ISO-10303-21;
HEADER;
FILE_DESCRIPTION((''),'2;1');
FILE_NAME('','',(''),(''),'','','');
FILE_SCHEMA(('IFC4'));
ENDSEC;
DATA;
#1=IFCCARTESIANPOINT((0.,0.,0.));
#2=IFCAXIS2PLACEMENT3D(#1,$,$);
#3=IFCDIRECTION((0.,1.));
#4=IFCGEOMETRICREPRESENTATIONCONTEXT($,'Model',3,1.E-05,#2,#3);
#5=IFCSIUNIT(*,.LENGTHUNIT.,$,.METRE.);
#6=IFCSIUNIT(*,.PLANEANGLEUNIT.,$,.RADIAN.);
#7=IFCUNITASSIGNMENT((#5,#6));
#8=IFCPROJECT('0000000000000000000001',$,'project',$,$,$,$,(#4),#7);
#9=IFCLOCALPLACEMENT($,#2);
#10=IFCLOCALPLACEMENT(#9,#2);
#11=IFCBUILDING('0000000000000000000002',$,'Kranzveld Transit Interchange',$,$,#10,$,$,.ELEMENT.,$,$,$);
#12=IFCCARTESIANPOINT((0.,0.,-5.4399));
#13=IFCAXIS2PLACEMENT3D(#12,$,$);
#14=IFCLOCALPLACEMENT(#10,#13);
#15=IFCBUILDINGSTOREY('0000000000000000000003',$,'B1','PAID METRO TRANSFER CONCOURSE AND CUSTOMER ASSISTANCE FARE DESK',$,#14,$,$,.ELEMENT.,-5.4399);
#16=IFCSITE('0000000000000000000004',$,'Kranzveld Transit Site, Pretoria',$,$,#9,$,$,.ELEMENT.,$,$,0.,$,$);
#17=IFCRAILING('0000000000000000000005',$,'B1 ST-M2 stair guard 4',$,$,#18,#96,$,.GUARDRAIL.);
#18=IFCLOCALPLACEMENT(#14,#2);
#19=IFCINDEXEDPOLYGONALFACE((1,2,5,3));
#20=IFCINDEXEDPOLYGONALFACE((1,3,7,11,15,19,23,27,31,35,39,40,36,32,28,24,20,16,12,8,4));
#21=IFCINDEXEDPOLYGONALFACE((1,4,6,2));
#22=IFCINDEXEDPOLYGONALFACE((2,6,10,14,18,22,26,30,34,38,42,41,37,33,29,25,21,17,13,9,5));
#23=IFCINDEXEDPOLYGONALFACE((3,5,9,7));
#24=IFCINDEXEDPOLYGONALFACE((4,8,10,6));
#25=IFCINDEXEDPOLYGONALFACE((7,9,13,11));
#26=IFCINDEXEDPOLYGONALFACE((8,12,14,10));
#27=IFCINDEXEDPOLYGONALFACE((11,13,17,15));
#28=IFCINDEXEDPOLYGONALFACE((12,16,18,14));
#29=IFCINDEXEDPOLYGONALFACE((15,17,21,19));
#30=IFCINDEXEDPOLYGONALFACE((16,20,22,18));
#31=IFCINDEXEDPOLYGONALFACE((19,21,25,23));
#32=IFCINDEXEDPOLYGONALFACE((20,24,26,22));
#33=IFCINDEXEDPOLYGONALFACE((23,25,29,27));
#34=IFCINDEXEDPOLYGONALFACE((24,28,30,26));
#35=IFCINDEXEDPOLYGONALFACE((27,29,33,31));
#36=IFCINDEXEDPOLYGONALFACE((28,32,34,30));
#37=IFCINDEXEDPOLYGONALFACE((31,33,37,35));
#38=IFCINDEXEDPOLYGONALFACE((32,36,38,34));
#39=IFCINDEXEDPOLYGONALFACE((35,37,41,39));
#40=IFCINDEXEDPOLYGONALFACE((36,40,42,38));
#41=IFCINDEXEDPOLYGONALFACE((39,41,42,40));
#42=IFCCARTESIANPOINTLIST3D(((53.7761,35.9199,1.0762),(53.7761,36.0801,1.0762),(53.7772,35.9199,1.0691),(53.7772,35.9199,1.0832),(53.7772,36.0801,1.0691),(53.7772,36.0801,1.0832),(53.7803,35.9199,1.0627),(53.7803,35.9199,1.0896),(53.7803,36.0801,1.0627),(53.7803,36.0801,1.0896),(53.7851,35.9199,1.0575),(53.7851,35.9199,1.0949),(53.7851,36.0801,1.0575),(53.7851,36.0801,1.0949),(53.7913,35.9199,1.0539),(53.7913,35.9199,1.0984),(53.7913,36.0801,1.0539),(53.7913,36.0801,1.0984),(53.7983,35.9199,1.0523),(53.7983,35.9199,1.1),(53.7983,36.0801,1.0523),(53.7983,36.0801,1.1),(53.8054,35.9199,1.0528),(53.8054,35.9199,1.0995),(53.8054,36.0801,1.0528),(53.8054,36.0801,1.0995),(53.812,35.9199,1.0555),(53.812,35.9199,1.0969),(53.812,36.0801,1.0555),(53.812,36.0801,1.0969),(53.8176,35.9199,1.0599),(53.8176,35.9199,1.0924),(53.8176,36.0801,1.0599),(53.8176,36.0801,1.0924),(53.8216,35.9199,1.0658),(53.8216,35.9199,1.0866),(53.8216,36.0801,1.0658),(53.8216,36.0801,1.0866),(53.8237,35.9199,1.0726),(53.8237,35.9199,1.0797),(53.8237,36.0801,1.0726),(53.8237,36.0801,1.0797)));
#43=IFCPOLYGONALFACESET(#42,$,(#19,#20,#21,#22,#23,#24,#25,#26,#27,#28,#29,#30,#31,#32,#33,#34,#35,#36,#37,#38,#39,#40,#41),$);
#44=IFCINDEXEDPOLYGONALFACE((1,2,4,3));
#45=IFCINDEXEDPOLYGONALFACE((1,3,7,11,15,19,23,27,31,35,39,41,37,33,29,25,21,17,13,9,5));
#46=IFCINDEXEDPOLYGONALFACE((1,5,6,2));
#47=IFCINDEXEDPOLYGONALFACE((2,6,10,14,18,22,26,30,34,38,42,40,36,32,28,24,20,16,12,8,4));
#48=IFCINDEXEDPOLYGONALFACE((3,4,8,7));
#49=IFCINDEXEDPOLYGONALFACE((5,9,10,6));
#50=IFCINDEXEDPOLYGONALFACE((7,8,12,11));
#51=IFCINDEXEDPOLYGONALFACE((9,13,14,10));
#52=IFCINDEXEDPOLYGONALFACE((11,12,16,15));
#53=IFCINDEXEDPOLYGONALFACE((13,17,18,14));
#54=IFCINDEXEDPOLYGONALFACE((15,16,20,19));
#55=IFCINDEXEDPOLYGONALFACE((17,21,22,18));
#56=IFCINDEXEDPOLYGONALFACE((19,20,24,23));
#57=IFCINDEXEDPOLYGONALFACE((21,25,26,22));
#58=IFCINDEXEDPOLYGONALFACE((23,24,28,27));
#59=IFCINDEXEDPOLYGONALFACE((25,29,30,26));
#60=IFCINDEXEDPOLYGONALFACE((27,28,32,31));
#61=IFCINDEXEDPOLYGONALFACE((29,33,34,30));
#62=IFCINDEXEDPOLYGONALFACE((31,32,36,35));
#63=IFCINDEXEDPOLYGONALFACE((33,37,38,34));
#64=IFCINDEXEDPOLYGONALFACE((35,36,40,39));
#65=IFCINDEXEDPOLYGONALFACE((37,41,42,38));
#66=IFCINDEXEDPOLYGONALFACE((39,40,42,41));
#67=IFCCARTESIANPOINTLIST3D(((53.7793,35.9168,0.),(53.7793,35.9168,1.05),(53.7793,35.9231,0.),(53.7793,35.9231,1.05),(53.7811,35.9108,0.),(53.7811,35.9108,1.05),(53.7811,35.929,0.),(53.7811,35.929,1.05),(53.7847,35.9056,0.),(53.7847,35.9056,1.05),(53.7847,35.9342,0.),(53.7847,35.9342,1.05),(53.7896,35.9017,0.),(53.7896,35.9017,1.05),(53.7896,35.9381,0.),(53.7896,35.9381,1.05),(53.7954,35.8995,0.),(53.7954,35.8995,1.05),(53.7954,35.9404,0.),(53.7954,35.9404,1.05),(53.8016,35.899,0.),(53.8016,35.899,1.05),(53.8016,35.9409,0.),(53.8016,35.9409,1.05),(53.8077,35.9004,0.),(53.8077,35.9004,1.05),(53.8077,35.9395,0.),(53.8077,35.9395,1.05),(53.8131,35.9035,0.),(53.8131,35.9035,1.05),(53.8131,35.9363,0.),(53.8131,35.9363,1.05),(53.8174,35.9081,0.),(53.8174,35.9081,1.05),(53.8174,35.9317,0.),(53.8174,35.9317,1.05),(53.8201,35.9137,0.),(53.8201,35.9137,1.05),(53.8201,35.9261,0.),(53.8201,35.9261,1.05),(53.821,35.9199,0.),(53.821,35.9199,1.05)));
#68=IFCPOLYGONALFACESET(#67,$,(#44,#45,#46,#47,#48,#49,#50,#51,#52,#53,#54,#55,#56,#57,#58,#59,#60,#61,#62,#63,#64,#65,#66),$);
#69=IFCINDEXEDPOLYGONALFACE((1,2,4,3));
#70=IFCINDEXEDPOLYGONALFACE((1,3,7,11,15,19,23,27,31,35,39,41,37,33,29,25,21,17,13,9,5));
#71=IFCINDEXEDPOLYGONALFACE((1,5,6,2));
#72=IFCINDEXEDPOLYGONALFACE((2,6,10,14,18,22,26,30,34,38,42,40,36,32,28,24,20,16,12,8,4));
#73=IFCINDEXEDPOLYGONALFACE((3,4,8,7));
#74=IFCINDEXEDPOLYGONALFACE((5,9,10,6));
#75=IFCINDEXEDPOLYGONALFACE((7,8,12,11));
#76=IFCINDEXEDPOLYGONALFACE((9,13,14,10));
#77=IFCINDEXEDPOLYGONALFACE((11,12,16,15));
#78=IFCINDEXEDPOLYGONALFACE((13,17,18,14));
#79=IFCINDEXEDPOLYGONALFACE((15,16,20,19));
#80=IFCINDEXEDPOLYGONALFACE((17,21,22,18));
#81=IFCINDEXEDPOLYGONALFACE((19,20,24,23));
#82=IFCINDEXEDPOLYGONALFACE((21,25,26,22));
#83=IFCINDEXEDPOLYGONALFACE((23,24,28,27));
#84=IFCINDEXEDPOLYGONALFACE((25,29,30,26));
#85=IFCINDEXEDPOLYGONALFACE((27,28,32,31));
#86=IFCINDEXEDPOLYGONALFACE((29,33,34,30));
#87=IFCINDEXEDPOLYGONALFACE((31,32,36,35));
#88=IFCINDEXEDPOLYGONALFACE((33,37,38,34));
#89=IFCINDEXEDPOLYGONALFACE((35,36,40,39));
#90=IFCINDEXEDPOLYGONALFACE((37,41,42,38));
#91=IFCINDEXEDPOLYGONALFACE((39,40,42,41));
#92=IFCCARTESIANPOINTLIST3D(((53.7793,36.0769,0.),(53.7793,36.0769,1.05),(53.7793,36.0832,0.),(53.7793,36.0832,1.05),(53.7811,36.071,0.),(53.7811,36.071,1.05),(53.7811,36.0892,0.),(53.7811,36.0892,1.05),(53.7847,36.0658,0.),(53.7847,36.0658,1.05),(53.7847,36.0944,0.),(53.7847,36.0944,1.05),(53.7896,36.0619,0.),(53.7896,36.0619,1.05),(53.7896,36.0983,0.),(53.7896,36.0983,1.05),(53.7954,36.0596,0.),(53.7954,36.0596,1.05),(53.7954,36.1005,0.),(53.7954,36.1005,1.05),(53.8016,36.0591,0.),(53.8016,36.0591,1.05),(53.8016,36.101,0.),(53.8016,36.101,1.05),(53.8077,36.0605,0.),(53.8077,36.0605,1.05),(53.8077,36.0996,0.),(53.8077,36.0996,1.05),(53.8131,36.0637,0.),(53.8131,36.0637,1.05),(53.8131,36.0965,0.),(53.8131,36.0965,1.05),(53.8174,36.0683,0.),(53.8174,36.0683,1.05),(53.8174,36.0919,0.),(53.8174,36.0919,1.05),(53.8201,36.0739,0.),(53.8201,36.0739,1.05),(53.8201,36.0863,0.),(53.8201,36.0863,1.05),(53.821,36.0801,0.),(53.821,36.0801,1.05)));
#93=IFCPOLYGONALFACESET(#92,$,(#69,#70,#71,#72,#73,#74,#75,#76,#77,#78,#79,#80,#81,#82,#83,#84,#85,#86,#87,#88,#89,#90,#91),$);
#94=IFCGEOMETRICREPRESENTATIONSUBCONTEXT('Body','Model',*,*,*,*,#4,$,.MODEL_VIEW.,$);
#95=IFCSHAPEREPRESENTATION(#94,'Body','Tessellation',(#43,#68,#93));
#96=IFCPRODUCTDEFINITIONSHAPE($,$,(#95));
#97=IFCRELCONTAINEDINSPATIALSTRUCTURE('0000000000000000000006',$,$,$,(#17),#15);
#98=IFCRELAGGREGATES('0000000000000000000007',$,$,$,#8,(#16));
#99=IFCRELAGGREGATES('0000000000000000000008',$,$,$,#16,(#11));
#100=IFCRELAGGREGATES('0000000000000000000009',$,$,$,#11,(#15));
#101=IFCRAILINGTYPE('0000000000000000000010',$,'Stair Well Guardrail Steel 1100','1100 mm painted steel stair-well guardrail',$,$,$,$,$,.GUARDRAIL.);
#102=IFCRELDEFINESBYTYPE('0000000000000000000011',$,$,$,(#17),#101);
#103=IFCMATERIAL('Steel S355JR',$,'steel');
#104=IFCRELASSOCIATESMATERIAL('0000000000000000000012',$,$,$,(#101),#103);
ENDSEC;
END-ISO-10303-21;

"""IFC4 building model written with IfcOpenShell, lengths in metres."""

from ifc_helpers import new_model, si_unit, direction, frame, origin, origin_2d, place, context, subcontext, project, spatial, circle, extrude, material, type_object, element, save


model = new_model("IFC4")

# Units and contexts
model_context = context("Model", 3, precision=1e-05, world=origin(), true_north=direction((0.0, 1.0)))
body_context = subcontext(model_context, "Body", "Model", "MODEL_VIEW")
ifc_project = project(units=[si_unit("LENGTHUNIT", "METRE"), si_unit("PLANEANGLEUNIT", "RADIAN")], contexts=[model_context])

# Site, building, storey
site_placement = place(None, origin())
site = spatial("IfcSite", under=ifc_project, at=site_placement, Name="Kranzveld Transit Site, Pretoria", CompositionType="ELEMENT", RefElevation=0.0)
building_placement = place(site_placement, origin())
building = spatial("IfcBuilding", under=site, at=building_placement, Name="Kranzveld Transit Interchange", CompositionType="ELEMENT")
storey_placement = place(building_placement, frame((0.0, 0.0, -5.4399)))
storey = spatial("IfcBuildingStorey", under=building, at=storey_placement, Name="B1", Description="PAID METRO TRANSFER CONCOURSE AND CUSTOMER ASSISTANCE FARE DESK", CompositionType="ELEMENT", Elevation=-5.4399)

# Railing
ifc_material_1 = material(Name="Steel S355JR", Category="steel")
railing_type_1 = type_object("IfcRailingType", Name="Stair Well Guardrail Steel 1100", Description="1100 mm painted steel stair-well guardrail", PredefinedType="GUARDRAIL", material=ifc_material_1)
railing_1_placement = place(storey_placement, frame((53.8, 35.9199, 0.0)))
element("IfcRailing", 1, at=railing_1_placement, inside=storey, type_object=railing_type_1, Name="B1 ST-M2 stair guard 4", PredefinedType="GUARDRAIL", context=body_context, shape_type="SweptSolid", body=[
    extrude(circle(Radius=0.0239, at=origin_2d()), frame((0.0, 0.0, 1.0762), z_axis=(0.0, 1.0, 0.0), x_axis=(-1.0, 0.0, 0.0)), (0.0, 0.0, 1.0), 0.1602),
    extrude(circle(Radius=0.021, at=origin_2d()), origin(), (0.0, 0.0, 1.0), 1.05),
    extrude(circle(Radius=0.021, at=origin_2d()), frame((0.0, 0.1602, 0.0)), (0.0, 0.0, 1.0), 1.05),
])

save(model, "model.ifc")
